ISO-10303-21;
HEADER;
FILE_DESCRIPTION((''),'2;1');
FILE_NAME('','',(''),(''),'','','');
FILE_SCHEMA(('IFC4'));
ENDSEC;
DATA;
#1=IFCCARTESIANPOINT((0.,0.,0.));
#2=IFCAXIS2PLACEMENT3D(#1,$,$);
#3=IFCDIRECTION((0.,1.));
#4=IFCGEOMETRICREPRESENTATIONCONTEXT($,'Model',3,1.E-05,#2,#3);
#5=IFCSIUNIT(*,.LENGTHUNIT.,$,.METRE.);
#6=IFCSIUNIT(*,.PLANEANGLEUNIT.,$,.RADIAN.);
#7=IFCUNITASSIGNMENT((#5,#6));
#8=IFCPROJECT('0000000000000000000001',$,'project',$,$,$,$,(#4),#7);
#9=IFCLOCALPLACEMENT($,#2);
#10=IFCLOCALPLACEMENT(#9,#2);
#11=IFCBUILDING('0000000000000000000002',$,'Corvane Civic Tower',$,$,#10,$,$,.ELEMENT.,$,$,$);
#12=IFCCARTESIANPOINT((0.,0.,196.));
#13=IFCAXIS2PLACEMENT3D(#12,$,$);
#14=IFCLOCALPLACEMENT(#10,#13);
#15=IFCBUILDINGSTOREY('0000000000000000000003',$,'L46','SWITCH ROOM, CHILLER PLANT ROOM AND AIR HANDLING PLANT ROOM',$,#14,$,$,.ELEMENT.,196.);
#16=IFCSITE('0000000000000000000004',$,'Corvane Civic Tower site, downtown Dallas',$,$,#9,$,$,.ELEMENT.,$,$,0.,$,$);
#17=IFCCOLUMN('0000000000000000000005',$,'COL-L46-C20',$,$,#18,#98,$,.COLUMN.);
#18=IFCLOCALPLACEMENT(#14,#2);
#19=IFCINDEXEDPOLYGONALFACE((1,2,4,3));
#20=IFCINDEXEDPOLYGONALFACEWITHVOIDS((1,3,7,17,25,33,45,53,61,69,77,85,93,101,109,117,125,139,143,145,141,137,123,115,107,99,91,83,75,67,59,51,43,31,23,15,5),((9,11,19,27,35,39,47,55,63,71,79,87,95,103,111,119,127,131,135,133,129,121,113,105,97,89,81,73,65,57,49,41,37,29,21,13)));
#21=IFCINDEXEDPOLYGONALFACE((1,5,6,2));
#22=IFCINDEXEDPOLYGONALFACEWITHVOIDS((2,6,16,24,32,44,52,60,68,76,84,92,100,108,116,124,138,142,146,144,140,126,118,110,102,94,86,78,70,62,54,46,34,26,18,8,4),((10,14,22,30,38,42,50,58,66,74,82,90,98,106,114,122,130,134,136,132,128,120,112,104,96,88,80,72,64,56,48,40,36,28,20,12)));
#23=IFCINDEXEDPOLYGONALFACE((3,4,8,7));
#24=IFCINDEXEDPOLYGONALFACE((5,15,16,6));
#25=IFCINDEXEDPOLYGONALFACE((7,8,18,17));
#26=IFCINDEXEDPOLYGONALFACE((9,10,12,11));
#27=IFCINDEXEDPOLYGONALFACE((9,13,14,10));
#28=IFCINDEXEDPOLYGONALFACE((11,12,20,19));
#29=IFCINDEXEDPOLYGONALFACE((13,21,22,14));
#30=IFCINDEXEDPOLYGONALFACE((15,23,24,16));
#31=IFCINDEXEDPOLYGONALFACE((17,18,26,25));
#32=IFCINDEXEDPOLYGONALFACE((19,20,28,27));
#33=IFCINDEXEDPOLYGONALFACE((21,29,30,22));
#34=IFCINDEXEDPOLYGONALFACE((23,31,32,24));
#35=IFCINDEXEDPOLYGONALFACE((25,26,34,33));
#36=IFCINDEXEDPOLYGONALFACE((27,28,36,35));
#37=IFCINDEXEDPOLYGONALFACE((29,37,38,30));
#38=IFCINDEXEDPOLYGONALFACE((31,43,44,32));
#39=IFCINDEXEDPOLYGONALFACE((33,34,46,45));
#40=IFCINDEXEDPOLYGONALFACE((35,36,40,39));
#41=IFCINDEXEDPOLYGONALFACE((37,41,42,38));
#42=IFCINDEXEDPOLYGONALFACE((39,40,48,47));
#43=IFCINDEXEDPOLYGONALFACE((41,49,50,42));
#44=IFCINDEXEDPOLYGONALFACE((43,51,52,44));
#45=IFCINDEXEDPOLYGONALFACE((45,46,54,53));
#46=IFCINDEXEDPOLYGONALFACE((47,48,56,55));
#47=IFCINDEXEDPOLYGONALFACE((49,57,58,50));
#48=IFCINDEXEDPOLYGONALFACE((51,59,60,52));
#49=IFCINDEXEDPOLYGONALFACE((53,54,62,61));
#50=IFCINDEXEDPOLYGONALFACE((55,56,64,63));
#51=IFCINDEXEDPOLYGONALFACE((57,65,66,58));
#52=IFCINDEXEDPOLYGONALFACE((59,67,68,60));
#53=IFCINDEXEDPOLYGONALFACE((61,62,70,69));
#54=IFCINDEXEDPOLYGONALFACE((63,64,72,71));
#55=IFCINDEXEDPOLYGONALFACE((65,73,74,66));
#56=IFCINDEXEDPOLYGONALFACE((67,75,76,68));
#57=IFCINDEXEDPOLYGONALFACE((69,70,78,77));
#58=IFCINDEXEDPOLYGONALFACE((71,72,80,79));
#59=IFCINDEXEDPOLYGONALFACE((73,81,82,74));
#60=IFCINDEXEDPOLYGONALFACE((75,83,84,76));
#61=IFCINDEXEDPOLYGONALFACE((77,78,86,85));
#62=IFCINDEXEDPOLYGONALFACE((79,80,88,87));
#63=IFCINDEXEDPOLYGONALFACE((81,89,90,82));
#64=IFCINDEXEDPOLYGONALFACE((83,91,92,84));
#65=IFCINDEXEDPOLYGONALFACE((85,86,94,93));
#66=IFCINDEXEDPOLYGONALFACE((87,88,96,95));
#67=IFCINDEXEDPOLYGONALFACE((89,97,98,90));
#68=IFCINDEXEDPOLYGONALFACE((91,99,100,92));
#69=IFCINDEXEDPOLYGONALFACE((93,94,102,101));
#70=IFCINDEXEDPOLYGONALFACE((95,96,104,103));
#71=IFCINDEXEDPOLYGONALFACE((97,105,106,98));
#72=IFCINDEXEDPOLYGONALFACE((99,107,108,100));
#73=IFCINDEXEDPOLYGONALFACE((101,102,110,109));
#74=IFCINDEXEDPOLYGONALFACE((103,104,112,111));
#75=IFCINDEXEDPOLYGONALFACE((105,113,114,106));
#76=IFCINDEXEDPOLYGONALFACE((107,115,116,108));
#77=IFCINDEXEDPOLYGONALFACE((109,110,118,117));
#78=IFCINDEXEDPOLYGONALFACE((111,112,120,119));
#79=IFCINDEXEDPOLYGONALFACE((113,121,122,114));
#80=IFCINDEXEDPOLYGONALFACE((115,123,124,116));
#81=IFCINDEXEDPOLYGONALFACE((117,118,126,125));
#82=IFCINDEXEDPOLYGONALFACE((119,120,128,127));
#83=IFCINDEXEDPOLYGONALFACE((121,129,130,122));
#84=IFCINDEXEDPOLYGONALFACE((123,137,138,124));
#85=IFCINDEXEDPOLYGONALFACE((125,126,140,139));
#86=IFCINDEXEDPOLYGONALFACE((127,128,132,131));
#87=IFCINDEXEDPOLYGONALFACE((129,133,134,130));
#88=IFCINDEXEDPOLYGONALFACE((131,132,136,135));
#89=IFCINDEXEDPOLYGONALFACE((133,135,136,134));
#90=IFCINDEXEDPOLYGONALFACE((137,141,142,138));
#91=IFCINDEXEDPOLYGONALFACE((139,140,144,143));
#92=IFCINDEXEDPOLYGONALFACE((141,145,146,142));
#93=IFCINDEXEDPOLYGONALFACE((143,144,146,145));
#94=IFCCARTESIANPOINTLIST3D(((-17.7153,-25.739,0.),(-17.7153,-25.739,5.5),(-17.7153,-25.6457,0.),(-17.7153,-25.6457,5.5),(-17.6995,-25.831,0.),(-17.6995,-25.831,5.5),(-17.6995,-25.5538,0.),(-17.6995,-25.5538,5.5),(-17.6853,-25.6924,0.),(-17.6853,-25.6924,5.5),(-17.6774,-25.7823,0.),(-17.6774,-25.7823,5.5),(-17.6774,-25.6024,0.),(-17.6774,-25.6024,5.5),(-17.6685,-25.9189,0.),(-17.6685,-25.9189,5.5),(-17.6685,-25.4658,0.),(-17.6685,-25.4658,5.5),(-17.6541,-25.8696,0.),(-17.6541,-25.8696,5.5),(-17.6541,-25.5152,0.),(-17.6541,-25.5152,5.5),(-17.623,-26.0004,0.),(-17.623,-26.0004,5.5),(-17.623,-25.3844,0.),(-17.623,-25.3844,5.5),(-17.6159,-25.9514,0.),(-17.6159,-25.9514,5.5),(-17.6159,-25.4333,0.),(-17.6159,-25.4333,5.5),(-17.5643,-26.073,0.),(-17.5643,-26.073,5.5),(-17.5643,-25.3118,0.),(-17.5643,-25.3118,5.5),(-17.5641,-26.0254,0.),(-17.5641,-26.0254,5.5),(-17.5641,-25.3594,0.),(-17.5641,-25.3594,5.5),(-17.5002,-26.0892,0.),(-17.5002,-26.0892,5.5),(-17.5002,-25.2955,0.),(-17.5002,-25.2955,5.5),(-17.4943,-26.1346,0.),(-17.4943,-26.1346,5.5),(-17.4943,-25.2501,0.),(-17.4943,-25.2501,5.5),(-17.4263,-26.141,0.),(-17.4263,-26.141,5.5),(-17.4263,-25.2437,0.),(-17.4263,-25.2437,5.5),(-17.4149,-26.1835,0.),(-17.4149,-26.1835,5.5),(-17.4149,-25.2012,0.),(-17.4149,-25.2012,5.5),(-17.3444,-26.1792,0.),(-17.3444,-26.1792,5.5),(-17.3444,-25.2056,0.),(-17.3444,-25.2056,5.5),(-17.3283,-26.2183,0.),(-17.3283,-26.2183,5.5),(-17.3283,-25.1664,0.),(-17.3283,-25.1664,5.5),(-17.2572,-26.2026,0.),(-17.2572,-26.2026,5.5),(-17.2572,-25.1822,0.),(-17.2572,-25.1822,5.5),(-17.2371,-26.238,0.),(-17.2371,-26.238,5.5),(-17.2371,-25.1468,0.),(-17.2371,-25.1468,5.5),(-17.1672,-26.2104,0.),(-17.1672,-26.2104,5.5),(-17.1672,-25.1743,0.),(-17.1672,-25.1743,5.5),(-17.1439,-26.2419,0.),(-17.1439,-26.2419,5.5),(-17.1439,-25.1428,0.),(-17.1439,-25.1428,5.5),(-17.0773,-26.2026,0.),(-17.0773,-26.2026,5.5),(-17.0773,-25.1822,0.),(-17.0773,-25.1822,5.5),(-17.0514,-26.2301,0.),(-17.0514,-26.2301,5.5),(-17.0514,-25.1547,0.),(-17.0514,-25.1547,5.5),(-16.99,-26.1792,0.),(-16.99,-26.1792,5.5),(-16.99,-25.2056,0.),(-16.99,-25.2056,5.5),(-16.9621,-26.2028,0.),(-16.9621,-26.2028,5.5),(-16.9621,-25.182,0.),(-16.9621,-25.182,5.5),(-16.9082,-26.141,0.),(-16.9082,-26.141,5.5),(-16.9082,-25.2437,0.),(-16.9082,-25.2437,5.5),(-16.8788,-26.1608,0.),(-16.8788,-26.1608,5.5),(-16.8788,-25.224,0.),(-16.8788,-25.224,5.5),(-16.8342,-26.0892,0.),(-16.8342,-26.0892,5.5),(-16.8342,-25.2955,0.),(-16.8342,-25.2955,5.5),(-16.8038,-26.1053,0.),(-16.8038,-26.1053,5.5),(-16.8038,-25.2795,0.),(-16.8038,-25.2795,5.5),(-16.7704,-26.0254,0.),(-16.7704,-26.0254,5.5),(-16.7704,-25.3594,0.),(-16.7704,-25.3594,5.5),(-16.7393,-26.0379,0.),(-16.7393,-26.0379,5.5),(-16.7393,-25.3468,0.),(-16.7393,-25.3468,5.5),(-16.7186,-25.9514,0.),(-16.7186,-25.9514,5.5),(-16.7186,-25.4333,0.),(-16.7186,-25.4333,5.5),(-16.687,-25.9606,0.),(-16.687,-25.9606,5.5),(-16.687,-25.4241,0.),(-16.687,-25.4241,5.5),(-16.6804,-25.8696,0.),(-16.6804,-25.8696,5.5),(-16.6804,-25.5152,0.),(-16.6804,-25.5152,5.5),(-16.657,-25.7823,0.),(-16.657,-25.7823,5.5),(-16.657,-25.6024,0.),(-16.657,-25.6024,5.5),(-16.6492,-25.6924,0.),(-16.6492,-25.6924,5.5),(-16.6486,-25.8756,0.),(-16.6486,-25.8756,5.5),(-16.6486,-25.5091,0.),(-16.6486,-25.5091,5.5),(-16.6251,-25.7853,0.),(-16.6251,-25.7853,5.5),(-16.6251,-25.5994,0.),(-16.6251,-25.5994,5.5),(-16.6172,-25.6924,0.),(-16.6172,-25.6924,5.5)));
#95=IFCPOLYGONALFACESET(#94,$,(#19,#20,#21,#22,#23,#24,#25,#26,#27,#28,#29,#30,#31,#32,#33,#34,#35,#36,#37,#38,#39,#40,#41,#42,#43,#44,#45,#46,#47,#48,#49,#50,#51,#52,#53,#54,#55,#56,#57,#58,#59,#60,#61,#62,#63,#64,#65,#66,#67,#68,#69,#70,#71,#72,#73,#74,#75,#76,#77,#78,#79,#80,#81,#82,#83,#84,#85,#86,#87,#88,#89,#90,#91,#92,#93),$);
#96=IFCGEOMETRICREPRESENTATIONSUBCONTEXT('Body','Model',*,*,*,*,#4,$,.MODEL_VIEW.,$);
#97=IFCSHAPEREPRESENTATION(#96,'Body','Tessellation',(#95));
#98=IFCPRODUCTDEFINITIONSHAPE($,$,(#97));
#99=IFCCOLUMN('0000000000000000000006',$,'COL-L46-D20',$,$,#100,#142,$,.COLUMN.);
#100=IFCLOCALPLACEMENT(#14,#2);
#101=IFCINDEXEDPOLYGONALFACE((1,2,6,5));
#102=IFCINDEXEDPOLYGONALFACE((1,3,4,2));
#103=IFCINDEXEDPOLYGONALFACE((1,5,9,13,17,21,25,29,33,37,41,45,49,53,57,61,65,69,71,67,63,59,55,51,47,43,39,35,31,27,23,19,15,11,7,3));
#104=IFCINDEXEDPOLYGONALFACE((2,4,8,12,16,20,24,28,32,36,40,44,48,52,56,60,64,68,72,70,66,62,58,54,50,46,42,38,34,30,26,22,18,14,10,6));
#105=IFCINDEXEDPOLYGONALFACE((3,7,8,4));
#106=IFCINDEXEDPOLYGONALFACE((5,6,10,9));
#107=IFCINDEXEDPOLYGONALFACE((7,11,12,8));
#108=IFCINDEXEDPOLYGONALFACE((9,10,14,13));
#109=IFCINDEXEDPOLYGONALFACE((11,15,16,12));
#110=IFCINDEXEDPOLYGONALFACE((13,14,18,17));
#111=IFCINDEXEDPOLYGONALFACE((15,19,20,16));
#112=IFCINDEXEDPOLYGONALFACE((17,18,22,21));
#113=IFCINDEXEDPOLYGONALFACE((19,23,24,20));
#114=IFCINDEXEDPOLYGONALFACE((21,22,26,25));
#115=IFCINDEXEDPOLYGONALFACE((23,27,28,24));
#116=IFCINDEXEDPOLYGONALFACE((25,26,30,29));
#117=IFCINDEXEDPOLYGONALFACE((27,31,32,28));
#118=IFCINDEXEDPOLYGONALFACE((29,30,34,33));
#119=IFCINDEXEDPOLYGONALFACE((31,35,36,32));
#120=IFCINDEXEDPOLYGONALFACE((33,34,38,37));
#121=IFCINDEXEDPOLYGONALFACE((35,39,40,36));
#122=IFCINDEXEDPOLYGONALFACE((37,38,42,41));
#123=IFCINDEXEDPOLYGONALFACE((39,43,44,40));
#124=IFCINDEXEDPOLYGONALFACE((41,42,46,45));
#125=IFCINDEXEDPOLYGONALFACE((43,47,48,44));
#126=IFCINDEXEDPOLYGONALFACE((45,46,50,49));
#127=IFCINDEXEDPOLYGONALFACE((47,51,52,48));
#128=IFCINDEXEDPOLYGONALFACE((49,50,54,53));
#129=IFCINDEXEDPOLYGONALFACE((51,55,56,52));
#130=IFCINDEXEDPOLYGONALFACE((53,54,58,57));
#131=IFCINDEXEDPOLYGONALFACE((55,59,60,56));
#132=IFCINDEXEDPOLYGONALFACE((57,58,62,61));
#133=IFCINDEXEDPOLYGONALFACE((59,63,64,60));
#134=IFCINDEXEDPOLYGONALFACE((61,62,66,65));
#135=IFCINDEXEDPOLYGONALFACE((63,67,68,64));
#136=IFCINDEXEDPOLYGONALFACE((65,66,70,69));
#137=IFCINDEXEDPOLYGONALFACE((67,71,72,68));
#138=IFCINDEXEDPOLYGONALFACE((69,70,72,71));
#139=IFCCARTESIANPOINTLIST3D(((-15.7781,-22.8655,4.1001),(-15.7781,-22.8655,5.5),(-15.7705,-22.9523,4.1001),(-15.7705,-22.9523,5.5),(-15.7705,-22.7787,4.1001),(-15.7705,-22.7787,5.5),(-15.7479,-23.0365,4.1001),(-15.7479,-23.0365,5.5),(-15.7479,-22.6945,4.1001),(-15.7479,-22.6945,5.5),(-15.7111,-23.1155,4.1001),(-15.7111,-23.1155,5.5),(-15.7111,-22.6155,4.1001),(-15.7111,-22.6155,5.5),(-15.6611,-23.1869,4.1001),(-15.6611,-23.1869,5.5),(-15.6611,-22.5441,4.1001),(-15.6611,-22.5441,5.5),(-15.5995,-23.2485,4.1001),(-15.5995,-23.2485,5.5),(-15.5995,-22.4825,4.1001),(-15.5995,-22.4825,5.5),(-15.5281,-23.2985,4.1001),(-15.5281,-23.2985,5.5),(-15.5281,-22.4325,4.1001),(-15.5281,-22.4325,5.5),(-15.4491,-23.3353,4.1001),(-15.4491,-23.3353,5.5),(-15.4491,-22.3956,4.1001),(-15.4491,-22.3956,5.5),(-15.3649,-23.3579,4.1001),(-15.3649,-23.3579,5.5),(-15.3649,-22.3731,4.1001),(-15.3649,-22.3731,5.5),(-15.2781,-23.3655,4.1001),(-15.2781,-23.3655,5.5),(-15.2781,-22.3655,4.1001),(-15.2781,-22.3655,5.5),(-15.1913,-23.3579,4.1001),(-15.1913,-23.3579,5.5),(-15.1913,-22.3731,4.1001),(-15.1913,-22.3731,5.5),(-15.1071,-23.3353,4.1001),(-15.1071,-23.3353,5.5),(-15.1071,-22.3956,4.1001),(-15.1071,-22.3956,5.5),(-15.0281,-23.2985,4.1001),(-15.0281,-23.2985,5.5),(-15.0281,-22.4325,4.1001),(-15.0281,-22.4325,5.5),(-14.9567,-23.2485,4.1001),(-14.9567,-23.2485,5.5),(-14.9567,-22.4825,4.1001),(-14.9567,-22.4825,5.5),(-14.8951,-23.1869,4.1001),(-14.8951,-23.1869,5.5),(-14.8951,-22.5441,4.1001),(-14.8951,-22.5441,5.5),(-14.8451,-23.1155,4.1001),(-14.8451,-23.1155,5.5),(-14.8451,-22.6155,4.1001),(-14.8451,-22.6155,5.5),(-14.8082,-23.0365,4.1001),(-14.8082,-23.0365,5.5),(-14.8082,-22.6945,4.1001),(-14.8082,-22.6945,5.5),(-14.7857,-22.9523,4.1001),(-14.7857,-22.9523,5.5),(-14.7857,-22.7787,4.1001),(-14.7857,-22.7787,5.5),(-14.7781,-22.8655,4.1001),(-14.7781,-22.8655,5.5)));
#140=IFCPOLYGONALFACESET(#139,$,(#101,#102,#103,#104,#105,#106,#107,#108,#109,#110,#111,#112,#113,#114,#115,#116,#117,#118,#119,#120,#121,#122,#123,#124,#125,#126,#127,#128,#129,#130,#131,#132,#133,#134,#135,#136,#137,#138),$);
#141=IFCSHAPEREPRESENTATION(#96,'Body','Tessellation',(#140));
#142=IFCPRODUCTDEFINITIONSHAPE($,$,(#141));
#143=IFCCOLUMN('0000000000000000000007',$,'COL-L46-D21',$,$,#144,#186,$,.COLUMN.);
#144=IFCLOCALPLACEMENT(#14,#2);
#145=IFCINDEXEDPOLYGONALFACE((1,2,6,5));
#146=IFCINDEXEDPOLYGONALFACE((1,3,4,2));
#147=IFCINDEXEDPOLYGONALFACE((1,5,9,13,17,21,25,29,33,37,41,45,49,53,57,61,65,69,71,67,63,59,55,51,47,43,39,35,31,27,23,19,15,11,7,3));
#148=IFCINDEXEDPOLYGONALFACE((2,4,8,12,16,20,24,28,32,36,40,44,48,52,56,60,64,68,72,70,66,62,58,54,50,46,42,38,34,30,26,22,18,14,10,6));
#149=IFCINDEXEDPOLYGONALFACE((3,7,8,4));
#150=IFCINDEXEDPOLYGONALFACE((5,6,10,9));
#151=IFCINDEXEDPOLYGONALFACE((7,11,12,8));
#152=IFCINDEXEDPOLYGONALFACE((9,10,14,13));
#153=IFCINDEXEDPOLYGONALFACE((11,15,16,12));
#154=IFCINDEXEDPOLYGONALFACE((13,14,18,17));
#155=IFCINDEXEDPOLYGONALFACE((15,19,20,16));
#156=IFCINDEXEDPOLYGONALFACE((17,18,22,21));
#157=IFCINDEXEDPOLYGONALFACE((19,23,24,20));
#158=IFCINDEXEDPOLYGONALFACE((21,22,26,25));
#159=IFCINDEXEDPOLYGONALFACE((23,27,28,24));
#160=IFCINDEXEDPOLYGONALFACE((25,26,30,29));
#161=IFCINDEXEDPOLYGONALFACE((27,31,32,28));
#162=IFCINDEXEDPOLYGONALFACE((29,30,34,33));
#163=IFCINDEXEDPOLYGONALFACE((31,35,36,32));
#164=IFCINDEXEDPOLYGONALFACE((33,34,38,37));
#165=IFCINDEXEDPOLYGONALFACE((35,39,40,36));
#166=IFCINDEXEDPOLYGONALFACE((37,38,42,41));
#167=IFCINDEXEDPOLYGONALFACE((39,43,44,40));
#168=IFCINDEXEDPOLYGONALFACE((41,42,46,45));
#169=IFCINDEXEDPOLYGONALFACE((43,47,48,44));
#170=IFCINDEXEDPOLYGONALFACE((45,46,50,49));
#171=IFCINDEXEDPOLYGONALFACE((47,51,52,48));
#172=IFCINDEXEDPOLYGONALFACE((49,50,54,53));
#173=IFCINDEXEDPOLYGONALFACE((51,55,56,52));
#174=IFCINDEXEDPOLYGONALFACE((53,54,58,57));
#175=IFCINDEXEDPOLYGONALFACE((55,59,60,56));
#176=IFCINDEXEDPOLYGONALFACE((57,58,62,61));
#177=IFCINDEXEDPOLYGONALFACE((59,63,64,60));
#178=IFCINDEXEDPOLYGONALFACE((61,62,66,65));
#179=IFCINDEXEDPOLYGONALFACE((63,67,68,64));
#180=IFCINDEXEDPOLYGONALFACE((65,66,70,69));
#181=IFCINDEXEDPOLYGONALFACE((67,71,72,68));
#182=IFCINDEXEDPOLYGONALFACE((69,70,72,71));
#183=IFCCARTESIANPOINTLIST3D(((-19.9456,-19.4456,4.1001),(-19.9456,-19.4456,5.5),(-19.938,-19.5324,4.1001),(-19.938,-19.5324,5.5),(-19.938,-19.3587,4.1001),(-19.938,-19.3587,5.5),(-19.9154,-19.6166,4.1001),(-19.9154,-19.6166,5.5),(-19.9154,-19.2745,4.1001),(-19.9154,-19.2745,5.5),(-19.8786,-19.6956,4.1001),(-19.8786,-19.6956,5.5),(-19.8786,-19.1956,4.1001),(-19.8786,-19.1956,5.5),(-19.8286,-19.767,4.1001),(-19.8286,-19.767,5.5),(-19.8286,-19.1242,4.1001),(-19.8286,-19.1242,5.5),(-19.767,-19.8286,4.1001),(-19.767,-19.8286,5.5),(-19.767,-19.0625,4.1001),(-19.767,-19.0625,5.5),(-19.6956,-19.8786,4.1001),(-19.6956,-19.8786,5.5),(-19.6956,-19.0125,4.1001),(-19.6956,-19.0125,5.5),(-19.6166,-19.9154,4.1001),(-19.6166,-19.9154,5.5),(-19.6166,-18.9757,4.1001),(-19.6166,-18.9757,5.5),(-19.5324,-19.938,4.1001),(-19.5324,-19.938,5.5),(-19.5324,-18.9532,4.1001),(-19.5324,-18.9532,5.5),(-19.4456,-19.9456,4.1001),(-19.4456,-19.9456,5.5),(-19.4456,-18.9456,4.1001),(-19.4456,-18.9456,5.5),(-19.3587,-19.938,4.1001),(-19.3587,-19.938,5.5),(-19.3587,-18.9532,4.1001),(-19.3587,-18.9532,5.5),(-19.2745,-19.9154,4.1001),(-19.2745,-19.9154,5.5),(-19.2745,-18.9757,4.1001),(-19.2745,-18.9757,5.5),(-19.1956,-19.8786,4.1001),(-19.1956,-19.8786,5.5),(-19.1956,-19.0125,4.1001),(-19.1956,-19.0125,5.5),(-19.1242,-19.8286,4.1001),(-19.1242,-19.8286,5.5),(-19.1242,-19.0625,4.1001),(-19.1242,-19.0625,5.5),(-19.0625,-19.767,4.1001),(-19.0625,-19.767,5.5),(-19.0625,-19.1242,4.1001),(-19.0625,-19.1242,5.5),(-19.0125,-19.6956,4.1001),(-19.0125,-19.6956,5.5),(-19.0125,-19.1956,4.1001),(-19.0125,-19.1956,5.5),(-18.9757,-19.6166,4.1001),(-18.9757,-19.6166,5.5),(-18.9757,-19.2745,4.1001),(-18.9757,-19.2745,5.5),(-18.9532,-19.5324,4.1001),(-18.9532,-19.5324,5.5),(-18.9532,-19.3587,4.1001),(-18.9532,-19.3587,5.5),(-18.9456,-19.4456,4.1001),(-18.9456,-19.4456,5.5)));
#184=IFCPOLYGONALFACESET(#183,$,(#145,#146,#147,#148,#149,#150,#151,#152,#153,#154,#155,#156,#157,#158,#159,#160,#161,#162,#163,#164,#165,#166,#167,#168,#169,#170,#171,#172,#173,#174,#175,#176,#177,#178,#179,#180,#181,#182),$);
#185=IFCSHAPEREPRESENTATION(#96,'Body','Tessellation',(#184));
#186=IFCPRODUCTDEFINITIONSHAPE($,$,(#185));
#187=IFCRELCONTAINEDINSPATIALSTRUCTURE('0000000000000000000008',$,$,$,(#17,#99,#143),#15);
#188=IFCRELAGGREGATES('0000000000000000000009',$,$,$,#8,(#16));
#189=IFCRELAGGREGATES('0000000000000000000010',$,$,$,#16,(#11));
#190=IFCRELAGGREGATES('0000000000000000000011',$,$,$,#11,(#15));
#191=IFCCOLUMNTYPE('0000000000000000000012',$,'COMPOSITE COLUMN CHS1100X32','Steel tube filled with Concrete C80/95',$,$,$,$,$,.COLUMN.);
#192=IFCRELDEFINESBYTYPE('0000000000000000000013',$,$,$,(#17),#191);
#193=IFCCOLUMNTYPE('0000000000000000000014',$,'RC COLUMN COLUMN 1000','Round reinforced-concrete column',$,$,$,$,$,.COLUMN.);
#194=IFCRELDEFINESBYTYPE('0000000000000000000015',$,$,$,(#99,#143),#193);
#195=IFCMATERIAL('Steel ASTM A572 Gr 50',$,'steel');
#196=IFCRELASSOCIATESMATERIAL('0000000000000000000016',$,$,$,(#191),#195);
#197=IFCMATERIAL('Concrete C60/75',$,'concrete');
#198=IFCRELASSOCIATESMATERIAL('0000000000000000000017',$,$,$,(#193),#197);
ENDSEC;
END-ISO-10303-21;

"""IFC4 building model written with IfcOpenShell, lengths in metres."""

from ifc_helpers import new_model, si_unit, direction, frame, origin, origin_2d, place, context, subcontext, project, spatial, circle, hollow_circle, extrude, material, material_profile, profile_set, type_object, element, save


model = new_model("IFC4")

# Units and contexts
model_context = context("Model", 3, precision=1e-05, world=origin(), true_north=direction((0.0, 1.0)))
body_context = subcontext(model_context, "Body", "Model", "MODEL_VIEW")
ifc_project = project(units=[si_unit("LENGTHUNIT", "METRE"), si_unit("PLANEANGLEUNIT", "RADIAN")], contexts=[model_context])

# Site, building, storey
site_placement = place(None, origin())
site = spatial("IfcSite", under=ifc_project, at=site_placement, Name="Corvane Civic Tower site, downtown Dallas", CompositionType="ELEMENT", RefElevation=0.0)
building_placement = place(site_placement, origin())
building = spatial("IfcBuilding", under=site, at=building_placement, Name="Corvane Civic Tower", CompositionType="ELEMENT")
storey_placement = place(building_placement, frame((0.0, 0.0, 196.0)))
storey = spatial("IfcBuildingStorey", under=building, at=storey_placement, Name="L46", Description="SWITCH ROOM, CHILLER PLANT ROOM AND AIR HANDLING PLANT ROOM", CompositionType="ELEMENT", Elevation=196.0)

# Columns
ifc_material_1 = material(Name="Steel ASTM A572 Gr 50", Category="steel")
ifc_material_profile_1 = material_profile(ifc_material_1, hollow_circle(Radius=0.55, WallThickness=0.032, at=origin_2d()), Name="CHS1100X32")
ifc_profile_set_1 = profile_set([ifc_material_profile_1], Name="Steel ASTM A572 Gr 50")
column_type_1 = type_object("IfcColumnType", Name="COMPOSITE COLUMN CHS1100X32", Description="Steel tube filled with Concrete C80/95", PredefinedType="COLUMN", material=ifc_profile_set_1)
column_placement = place(storey_placement, frame((-17.1672, -25.6924, 0.0), z_axis=(0.0, 0.0, 1.0), x_axis=(1.0, 0.0, 0.0)))
element("IfcColumn", 1, at=column_placement, inside=storey, type_object=column_type_1, Name="COL-L46-C20", PredefinedType="COLUMN", context=body_context, shape_type="SweptSolid", body=[
    extrude(hollow_circle(Radius=0.55, WallThickness=0.032, at=origin_2d()), origin(), (0.0, 0.0, 1.0), 5.5),
])
ifc_material_2 = material(Name="Concrete C60/75", Category="concrete")
ifc_material_profile_2 = material_profile(ifc_material_2, circle(Radius=0.5, at=origin_2d()), Name="COLUMN 1000")
ifc_profile_set_2 = profile_set([ifc_material_profile_2], Name="Concrete C60/75")
column_type_2 = type_object("IfcColumnType", Name="RC COLUMN COLUMN 1000", Description="Round reinforced-concrete column", PredefinedType="COLUMN", material=ifc_profile_set_2)
for number, where, z_axis, x_axis, name in (
    (2, (-15.2781, -22.8655, 4.1001), (0.0, 0.0, 1.0), (1.0, 0.0, 0.0), "COL-L46-D20"),
    (3, (-19.4456, -19.4456, 4.1001), (0.0, 0.0, 1.0), (1.0, 0.0, 0.0), "COL-L46-D21"),
):
    element("IfcColumn", number, at=place(storey_placement, frame(where, z_axis=z_axis, x_axis=x_axis)), inside=storey, type_object=column_type_2, Name=name, PredefinedType="COLUMN", context=body_context, shape_type="SweptSolid", body=[
        extrude(circle(Radius=0.5, at=origin_2d()), origin(), (0.0, 0.0, 1.0), 1.3999),
    ])

save(model, "model.ifc")
